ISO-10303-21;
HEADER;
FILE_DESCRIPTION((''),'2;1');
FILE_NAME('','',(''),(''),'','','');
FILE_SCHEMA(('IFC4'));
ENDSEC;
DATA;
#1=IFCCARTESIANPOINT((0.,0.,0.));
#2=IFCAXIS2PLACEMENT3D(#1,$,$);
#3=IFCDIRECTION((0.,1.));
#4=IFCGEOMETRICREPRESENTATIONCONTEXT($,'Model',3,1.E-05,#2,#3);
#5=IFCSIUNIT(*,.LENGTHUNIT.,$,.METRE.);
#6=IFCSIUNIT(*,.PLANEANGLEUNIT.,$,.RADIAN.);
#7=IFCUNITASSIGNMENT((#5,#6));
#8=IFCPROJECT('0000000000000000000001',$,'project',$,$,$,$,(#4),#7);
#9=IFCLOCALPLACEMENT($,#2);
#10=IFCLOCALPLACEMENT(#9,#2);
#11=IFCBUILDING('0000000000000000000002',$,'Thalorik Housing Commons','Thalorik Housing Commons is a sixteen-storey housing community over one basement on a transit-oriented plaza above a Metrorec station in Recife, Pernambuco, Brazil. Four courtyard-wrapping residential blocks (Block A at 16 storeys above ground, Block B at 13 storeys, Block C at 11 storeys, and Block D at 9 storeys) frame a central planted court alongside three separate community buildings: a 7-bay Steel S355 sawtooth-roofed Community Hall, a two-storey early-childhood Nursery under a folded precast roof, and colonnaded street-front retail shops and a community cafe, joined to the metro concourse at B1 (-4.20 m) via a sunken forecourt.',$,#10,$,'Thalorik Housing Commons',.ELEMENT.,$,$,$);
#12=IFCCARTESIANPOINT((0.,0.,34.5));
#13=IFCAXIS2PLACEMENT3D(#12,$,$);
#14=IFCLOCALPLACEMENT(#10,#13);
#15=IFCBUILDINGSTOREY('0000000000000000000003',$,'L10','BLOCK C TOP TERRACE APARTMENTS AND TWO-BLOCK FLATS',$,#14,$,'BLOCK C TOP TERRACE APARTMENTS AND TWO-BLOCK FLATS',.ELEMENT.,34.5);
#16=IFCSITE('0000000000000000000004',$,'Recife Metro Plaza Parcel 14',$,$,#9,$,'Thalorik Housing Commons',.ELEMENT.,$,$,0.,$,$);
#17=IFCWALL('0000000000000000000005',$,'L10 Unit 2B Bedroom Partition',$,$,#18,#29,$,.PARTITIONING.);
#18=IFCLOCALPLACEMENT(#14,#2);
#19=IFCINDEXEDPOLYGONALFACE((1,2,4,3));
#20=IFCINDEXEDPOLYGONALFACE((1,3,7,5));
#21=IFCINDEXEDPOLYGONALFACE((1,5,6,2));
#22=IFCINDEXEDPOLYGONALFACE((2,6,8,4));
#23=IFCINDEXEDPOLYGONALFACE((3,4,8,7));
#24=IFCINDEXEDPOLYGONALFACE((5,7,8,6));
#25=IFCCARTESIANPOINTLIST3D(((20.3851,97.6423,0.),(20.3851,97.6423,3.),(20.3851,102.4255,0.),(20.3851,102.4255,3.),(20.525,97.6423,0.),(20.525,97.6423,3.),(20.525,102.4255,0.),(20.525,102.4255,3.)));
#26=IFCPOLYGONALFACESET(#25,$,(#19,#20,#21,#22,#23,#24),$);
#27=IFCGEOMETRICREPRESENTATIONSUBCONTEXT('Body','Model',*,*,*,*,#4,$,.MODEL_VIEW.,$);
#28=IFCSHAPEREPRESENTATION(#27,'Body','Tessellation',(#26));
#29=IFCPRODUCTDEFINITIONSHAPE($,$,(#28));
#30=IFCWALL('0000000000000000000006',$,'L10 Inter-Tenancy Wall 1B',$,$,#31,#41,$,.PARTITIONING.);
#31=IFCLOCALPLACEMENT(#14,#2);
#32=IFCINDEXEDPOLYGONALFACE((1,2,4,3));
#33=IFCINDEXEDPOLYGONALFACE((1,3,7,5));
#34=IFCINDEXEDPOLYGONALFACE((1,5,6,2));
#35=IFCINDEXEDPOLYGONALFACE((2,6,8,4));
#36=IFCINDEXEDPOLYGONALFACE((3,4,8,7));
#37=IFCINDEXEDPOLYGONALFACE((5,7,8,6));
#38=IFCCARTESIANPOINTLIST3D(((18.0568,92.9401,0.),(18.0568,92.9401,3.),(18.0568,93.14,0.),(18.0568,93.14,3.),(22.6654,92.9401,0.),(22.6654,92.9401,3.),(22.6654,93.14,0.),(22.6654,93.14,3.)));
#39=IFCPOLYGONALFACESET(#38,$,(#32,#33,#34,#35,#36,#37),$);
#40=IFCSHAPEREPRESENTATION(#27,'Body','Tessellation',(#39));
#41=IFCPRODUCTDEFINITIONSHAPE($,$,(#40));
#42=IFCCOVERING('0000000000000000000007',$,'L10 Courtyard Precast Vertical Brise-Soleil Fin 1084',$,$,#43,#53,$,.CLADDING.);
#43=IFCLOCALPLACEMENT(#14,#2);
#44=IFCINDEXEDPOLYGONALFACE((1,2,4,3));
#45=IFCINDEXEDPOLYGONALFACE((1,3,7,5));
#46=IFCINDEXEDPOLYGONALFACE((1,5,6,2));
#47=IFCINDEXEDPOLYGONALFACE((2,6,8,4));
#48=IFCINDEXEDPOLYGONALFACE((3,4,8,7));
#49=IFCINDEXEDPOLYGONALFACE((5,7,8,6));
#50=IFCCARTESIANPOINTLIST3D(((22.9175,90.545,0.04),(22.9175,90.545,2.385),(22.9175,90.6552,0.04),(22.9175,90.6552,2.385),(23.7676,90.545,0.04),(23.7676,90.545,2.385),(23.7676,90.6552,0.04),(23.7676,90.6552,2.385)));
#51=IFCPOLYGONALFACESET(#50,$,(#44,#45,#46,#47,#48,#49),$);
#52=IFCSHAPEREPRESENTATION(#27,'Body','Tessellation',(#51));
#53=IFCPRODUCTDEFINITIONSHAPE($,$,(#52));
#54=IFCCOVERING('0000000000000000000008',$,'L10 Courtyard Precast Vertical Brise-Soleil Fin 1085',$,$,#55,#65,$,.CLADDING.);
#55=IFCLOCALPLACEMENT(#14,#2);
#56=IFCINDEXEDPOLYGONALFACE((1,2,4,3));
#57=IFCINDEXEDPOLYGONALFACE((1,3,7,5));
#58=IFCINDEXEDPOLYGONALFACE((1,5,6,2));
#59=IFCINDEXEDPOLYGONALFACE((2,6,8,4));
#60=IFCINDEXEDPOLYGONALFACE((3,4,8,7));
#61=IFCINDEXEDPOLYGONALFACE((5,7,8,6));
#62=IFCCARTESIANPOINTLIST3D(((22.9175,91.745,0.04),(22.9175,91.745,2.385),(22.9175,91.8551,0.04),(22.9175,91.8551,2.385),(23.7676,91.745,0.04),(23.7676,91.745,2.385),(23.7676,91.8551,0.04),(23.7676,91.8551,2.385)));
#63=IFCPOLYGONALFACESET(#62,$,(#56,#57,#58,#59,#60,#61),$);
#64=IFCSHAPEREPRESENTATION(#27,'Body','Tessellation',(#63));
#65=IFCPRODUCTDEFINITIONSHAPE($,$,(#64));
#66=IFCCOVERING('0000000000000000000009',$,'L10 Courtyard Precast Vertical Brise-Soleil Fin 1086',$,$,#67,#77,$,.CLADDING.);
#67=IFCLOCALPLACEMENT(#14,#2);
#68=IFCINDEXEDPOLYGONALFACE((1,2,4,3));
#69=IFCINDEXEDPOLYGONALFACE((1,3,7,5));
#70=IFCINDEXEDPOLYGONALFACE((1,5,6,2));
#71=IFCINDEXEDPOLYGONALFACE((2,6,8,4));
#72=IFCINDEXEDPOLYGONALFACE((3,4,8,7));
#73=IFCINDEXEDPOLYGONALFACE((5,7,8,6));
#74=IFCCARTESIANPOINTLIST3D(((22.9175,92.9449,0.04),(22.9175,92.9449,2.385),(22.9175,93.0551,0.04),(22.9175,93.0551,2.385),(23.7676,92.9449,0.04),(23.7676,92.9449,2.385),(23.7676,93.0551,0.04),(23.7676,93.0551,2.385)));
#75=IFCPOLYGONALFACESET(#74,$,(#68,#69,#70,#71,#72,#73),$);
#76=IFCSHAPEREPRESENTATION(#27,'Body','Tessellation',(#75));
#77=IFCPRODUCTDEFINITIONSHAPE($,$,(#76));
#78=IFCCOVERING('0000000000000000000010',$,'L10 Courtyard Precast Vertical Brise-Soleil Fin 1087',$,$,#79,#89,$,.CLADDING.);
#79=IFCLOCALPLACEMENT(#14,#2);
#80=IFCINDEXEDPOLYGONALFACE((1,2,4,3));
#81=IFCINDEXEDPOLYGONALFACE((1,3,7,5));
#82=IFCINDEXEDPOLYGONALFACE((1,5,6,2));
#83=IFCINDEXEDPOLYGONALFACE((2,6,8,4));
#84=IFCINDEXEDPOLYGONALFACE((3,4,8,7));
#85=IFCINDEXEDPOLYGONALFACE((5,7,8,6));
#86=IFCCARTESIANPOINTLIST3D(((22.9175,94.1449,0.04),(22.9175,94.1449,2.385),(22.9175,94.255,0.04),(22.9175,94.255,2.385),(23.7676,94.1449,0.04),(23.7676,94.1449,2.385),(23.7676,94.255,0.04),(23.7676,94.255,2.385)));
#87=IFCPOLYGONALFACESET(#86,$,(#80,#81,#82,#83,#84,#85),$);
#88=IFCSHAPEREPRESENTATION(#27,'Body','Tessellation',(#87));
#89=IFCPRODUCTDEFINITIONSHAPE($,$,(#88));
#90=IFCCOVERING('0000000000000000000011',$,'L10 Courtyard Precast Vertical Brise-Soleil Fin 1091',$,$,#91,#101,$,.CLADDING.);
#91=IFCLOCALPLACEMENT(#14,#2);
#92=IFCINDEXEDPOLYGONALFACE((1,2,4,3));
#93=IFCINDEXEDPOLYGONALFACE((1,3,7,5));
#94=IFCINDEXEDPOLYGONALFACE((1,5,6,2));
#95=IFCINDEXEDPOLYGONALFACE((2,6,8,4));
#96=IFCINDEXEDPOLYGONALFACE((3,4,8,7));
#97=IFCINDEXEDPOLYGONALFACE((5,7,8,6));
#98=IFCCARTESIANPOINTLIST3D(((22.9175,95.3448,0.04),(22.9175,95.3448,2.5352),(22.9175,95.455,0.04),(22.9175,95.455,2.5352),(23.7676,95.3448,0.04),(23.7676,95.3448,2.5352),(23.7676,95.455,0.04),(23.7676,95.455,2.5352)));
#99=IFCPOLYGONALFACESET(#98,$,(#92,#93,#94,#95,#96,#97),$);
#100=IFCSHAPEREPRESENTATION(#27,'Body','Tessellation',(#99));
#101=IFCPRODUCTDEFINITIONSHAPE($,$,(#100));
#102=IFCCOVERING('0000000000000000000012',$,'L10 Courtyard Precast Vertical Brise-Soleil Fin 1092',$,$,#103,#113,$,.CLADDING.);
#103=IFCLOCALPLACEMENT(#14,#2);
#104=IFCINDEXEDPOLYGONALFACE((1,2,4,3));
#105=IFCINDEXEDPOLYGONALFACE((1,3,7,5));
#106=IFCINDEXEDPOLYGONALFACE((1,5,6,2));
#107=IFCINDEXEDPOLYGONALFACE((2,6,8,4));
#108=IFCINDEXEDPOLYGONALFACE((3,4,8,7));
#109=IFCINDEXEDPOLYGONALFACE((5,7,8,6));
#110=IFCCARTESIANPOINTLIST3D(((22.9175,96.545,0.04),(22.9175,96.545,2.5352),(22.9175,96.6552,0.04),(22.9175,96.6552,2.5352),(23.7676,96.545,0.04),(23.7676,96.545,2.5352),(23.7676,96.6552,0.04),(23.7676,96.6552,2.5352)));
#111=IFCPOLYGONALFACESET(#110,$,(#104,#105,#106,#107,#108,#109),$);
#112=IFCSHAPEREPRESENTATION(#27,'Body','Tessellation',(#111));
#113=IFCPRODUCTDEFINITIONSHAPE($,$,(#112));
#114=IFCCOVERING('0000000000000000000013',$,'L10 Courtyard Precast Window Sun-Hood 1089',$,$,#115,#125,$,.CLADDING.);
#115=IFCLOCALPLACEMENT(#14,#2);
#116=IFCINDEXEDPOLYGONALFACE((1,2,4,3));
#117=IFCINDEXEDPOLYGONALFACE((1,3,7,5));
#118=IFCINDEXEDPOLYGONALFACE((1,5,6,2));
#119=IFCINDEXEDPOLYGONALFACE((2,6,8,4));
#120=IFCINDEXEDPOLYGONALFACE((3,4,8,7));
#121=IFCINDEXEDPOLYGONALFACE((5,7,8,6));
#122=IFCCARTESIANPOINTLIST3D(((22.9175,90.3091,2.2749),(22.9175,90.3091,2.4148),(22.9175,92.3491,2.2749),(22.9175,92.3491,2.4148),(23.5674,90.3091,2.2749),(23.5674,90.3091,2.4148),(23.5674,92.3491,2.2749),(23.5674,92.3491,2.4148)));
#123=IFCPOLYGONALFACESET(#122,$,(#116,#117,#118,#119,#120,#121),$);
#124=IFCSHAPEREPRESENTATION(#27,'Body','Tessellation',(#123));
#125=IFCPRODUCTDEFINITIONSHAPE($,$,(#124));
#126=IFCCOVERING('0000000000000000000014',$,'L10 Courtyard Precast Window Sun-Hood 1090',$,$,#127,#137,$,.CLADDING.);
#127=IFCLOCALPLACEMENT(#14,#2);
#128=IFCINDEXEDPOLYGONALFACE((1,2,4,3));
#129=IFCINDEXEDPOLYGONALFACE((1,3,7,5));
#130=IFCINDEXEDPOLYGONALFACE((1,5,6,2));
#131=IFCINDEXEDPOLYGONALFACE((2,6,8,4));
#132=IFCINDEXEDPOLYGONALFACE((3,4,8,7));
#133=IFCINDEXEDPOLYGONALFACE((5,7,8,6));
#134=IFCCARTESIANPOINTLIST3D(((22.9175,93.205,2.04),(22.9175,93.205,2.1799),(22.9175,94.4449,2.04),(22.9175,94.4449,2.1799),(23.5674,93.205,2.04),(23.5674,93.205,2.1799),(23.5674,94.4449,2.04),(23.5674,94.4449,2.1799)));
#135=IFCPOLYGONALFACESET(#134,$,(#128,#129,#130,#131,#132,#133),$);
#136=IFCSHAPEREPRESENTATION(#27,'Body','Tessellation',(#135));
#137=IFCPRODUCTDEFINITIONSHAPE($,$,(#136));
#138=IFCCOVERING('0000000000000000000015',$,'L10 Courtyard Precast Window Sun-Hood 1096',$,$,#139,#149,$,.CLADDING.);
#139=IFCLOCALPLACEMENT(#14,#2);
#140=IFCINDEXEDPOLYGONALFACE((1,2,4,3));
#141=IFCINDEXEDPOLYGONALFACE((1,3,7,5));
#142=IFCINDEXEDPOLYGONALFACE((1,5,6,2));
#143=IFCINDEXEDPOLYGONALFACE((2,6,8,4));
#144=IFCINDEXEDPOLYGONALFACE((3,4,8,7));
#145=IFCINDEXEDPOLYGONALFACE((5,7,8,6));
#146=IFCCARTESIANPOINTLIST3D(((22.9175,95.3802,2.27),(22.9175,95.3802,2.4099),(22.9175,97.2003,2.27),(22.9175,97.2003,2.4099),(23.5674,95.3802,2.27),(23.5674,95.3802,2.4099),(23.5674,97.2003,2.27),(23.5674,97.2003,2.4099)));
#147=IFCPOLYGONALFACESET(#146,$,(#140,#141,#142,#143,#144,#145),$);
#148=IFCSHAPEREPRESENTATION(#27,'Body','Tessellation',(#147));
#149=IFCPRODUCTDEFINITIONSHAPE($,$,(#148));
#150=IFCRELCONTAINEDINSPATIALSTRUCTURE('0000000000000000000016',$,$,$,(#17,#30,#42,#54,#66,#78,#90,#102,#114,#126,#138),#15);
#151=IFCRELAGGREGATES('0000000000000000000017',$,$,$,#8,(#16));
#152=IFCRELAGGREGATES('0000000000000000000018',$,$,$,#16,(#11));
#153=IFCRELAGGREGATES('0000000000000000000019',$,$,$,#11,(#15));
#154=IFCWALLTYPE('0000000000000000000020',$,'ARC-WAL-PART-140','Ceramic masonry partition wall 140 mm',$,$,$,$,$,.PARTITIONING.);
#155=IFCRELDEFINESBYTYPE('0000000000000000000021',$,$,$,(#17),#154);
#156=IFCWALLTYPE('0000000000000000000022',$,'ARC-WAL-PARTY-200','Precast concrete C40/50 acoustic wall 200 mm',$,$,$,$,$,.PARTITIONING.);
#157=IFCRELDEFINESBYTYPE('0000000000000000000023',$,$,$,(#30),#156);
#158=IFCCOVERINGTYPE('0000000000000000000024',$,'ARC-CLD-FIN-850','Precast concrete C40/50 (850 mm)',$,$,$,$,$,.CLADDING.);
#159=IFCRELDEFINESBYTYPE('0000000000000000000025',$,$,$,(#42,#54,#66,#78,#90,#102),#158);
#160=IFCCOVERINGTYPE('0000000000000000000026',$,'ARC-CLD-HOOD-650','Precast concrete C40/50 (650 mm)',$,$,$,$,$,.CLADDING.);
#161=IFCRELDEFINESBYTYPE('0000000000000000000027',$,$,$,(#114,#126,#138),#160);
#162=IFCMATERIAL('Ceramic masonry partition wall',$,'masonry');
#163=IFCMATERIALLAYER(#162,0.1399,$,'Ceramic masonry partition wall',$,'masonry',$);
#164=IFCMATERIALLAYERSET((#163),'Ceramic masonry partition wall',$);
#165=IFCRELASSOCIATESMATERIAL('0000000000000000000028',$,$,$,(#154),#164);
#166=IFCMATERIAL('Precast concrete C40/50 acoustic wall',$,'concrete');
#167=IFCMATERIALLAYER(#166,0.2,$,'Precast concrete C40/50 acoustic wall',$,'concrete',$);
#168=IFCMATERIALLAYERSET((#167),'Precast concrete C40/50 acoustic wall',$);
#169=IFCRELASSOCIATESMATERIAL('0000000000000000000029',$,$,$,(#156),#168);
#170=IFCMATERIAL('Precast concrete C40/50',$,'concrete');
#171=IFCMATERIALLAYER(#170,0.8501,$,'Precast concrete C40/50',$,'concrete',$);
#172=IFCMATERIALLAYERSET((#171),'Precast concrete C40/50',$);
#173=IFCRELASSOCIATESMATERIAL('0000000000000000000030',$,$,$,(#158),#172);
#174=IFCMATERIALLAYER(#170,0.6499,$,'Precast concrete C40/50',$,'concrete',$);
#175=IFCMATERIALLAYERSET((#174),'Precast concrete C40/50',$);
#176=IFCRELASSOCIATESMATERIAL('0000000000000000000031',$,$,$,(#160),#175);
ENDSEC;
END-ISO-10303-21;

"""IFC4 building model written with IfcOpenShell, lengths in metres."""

from ifc_helpers import new_model, si_unit, direction, frame, frame_2d, origin, origin_2d, place, context, subcontext, project, spatial, rectangle, extrude, material, layer, layer_set, type_object, element, save


model = new_model("IFC4")

# Units and contexts
model_context = context("Model", 3, precision=1e-05, world=origin(), true_north=direction((0.0, 1.0)))
body_context = subcontext(model_context, "Body", "Model", "MODEL_VIEW")
ifc_project = project(units=[si_unit("LENGTHUNIT", "METRE"), si_unit("PLANEANGLEUNIT", "RADIAN")], contexts=[model_context])

# Site, building, storey
site_placement = place(None, origin())
site = spatial("IfcSite", under=ifc_project, at=site_placement, Name="Recife Metro Plaza Parcel 14", LongName="Thalorik Housing Commons", CompositionType="ELEMENT", RefElevation=0.0)
building_placement = place(site_placement, origin())
building = spatial("IfcBuilding", under=site, at=building_placement, Name="Thalorik Housing Commons", Description="Thalorik Housing Commons is a sixteen-storey housing community over one basement on a transit-oriented plaza above a Metrorec station in Recife, Pernambuco, Brazil. Four courtyard-wrapping residential blocks (Block A at 16 storeys above ground, Block B at 13 storeys, Block C at 11 storeys, and Block D at 9 storeys) frame a central planted court alongside three separate community buildings: a 7-bay Steel S355 sawtooth-roofed Community Hall, a two-storey early-childhood Nursery under a folded precast roof, and colonnaded street-front retail shops and a community cafe, joined to the metro concourse at B1 (-4.20 m) via a sunken forecourt.", LongName="Thalorik Housing Commons", CompositionType="ELEMENT")
storey_placement = place(building_placement, frame((0.0, 0.0, 34.5)))
storey = spatial("IfcBuildingStorey", under=building, at=storey_placement, Name="L10", Description="BLOCK C TOP TERRACE APARTMENTS AND TWO-BLOCK FLATS", LongName="BLOCK C TOP TERRACE APARTMENTS AND TWO-BLOCK FLATS", CompositionType="ELEMENT", Elevation=34.5)

# Shared definitions
ifc_material_1 = material(Name="Precast concrete C40/50", Category="concrete")

# Walls
ifc_material_2 = material(Name="Ceramic masonry partition wall", Category="masonry")
ifc_layer_1 = layer(ifc_material_2, 0.1399, Name="Ceramic masonry partition wall", Category="masonry")
ifc_layer_set_1 = layer_set([ifc_layer_1], Name="Ceramic masonry partition wall")
wall_type_1 = type_object("IfcWallType", Name="ARC-WAL-PART-140", Description="Ceramic masonry partition wall 140 mm", PredefinedType="PARTITIONING", material=ifc_layer_set_1)
wall_1_placement = place(storey_placement, frame((20.4551, 97.6423, 0.0), z_axis=(0.0, 0.0, 1.0), x_axis=(0.0, 1.0, 0.0)))
element("IfcWall", 1, at=wall_1_placement, inside=storey, type_object=wall_type_1, Name="L10 Unit 2B Bedroom Partition", PredefinedType="PARTITIONING", context=body_context, shape_type="SweptSolid", body=[
    extrude(rectangle(XDim=4.7832, YDim=0.1399, at=frame_2d((2.3916, 0.0))), origin(), (0.0, 0.0, 1.0), 3.0),
])
ifc_material_3 = material(Name="Precast concrete C40/50 acoustic wall", Category="concrete")
ifc_layer_2 = layer(ifc_material_3, 0.2, Name="Precast concrete C40/50 acoustic wall", Category="concrete")
ifc_layer_set_2 = layer_set([ifc_layer_2], Name="Precast concrete C40/50 acoustic wall")
wall_type_2 = type_object("IfcWallType", Name="ARC-WAL-PARTY-200", Description="Precast concrete C40/50 acoustic wall 200 mm", PredefinedType="PARTITIONING", material=ifc_layer_set_2)
wall_2_placement = place(storey_placement, frame((18.0569, 93.04, 0.0), z_axis=(0.0, 0.0, 1.0), x_axis=(1.0, 0.0, 0.0)))
element("IfcWall", 2, at=wall_2_placement, inside=storey, type_object=wall_type_2, Name="L10 Inter-Tenancy Wall 1B", PredefinedType="PARTITIONING", context=body_context, shape_type="SweptSolid", body=[
    extrude(rectangle(XDim=4.6086, YDim=0.2, at=frame_2d((2.3042, 0.0))), origin(), (0.0, 0.0, 1.0), 3.0),
])

# Coverings
ifc_layer_3 = layer(ifc_material_1, 0.8501, Name="Precast concrete C40/50", Category="concrete")
ifc_layer_set_3 = layer_set([ifc_layer_3], Name="Precast concrete C40/50")
covering_type_1 = type_object("IfcCoveringType", Name="ARC-CLD-FIN-850", Description="Precast concrete C40/50 (850 mm)", PredefinedType="CLADDING", material=ifc_layer_set_3)
for number, where, z_axis, x_axis, name in (
    (3, (23.3425, 90.6001, 0.04), (0.0, 0.0, 1.0), (0.0, 1.0, 0.0), "L10 Courtyard Precast Vertical Brise-Soleil Fin 1084"),
    (4, (23.3425, 91.8, 0.04), (0.0, 0.0, 1.0), (0.0, 1.0, 0.0), "L10 Courtyard Precast Vertical Brise-Soleil Fin 1085"),
    (5, (23.3425, 93.0, 0.04), (0.0, 0.0, 1.0), (0.0, 1.0, 0.0), "L10 Courtyard Precast Vertical Brise-Soleil Fin 1086"),
    (6, (23.3425, 94.2, 0.04), (0.0, 0.0, 1.0), (0.0, 1.0, 0.0), "L10 Courtyard Precast Vertical Brise-Soleil Fin 1087"),
):
    element("IfcCovering", number, at=place(storey_placement, frame(where, z_axis=z_axis, x_axis=x_axis)), inside=storey, type_object=covering_type_1, Name=name, PredefinedType="CLADDING", context=body_context, shape_type="SweptSolid", body=[
        extrude(rectangle(XDim=0.1101, YDim=0.8501, at=origin_2d()), origin(), (0.0, 0.0, 1.0), 2.345),
    ])
for number, where, z_axis, x_axis, name in (
    (7, (23.3425, 95.3999, 0.04), (0.0, 0.0, 1.0), (0.0, 1.0, 0.0), "L10 Courtyard Precast Vertical Brise-Soleil Fin 1091"),
    (8, (23.3425, 96.6001, 0.04), (0.0, 0.0, 1.0), (0.0, 1.0, 0.0), "L10 Courtyard Precast Vertical Brise-Soleil Fin 1092"),
):
    element("IfcCovering", number, at=place(storey_placement, frame(where, z_axis=z_axis, x_axis=x_axis)), inside=storey, type_object=covering_type_1, Name=name, PredefinedType="CLADDING", context=body_context, shape_type="SweptSolid", body=[
        extrude(rectangle(XDim=0.1101, YDim=0.8501, at=origin_2d()), origin(), (0.0, 0.0, 1.0), 2.4951),
    ])
ifc_layer_4 = layer(ifc_material_1, 0.6499, Name="Precast concrete C40/50", Category="concrete")
ifc_layer_set_4 = layer_set([ifc_layer_4], Name="Precast concrete C40/50")
covering_type_2 = type_object("IfcCoveringType", Name="ARC-CLD-HOOD-650", Description="Precast concrete C40/50 (650 mm)", PredefinedType="CLADDING", material=ifc_layer_set_4)
covering_1_placement = place(storey_placement, frame((23.2424, 91.3291, 2.2749), z_axis=(0.0, 0.0, 1.0), x_axis=(0.0, 1.0, 0.0)))
element("IfcCovering", 9, at=covering_1_placement, inside=storey, type_object=covering_type_2, Name="L10 Courtyard Precast Window Sun-Hood 1089", PredefinedType="CLADDING", context=body_context, shape_type="SweptSolid", body=[
    extrude(rectangle(XDim=2.04, YDim=0.6499, at=origin_2d()), origin(), (0.0, 0.0, 1.0), 0.1399),
])
covering_2_placement = place(storey_placement, frame((23.2424, 93.825, 2.04), z_axis=(0.0, 0.0, 1.0), x_axis=(0.0, 1.0, 0.0)))
element("IfcCovering", 10, at=covering_2_placement, inside=storey, type_object=covering_type_2, Name="L10 Courtyard Precast Window Sun-Hood 1090", PredefinedType="CLADDING", context=body_context, shape_type="SweptSolid", body=[
    extrude(rectangle(XDim=1.24, YDim=0.6499, at=origin_2d()), origin(), (0.0, 0.0, 1.0), 0.1399),
])
covering_3_placement = place(storey_placement, frame((23.2424, 96.2903, 2.27), z_axis=(0.0, 0.0, 1.0), x_axis=(0.0, 1.0, 0.0)))
element("IfcCovering", 11, at=covering_3_placement, inside=storey, type_object=covering_type_2, Name="L10 Courtyard Precast Window Sun-Hood 1096", PredefinedType="CLADDING", context=body_context, shape_type="SweptSolid", body=[
    extrude(rectangle(XDim=1.8201, YDim=0.6499, at=origin_2d()), origin(), (0.0, 0.0, 1.0), 0.1399),
])

save(model, "model.ifc")
